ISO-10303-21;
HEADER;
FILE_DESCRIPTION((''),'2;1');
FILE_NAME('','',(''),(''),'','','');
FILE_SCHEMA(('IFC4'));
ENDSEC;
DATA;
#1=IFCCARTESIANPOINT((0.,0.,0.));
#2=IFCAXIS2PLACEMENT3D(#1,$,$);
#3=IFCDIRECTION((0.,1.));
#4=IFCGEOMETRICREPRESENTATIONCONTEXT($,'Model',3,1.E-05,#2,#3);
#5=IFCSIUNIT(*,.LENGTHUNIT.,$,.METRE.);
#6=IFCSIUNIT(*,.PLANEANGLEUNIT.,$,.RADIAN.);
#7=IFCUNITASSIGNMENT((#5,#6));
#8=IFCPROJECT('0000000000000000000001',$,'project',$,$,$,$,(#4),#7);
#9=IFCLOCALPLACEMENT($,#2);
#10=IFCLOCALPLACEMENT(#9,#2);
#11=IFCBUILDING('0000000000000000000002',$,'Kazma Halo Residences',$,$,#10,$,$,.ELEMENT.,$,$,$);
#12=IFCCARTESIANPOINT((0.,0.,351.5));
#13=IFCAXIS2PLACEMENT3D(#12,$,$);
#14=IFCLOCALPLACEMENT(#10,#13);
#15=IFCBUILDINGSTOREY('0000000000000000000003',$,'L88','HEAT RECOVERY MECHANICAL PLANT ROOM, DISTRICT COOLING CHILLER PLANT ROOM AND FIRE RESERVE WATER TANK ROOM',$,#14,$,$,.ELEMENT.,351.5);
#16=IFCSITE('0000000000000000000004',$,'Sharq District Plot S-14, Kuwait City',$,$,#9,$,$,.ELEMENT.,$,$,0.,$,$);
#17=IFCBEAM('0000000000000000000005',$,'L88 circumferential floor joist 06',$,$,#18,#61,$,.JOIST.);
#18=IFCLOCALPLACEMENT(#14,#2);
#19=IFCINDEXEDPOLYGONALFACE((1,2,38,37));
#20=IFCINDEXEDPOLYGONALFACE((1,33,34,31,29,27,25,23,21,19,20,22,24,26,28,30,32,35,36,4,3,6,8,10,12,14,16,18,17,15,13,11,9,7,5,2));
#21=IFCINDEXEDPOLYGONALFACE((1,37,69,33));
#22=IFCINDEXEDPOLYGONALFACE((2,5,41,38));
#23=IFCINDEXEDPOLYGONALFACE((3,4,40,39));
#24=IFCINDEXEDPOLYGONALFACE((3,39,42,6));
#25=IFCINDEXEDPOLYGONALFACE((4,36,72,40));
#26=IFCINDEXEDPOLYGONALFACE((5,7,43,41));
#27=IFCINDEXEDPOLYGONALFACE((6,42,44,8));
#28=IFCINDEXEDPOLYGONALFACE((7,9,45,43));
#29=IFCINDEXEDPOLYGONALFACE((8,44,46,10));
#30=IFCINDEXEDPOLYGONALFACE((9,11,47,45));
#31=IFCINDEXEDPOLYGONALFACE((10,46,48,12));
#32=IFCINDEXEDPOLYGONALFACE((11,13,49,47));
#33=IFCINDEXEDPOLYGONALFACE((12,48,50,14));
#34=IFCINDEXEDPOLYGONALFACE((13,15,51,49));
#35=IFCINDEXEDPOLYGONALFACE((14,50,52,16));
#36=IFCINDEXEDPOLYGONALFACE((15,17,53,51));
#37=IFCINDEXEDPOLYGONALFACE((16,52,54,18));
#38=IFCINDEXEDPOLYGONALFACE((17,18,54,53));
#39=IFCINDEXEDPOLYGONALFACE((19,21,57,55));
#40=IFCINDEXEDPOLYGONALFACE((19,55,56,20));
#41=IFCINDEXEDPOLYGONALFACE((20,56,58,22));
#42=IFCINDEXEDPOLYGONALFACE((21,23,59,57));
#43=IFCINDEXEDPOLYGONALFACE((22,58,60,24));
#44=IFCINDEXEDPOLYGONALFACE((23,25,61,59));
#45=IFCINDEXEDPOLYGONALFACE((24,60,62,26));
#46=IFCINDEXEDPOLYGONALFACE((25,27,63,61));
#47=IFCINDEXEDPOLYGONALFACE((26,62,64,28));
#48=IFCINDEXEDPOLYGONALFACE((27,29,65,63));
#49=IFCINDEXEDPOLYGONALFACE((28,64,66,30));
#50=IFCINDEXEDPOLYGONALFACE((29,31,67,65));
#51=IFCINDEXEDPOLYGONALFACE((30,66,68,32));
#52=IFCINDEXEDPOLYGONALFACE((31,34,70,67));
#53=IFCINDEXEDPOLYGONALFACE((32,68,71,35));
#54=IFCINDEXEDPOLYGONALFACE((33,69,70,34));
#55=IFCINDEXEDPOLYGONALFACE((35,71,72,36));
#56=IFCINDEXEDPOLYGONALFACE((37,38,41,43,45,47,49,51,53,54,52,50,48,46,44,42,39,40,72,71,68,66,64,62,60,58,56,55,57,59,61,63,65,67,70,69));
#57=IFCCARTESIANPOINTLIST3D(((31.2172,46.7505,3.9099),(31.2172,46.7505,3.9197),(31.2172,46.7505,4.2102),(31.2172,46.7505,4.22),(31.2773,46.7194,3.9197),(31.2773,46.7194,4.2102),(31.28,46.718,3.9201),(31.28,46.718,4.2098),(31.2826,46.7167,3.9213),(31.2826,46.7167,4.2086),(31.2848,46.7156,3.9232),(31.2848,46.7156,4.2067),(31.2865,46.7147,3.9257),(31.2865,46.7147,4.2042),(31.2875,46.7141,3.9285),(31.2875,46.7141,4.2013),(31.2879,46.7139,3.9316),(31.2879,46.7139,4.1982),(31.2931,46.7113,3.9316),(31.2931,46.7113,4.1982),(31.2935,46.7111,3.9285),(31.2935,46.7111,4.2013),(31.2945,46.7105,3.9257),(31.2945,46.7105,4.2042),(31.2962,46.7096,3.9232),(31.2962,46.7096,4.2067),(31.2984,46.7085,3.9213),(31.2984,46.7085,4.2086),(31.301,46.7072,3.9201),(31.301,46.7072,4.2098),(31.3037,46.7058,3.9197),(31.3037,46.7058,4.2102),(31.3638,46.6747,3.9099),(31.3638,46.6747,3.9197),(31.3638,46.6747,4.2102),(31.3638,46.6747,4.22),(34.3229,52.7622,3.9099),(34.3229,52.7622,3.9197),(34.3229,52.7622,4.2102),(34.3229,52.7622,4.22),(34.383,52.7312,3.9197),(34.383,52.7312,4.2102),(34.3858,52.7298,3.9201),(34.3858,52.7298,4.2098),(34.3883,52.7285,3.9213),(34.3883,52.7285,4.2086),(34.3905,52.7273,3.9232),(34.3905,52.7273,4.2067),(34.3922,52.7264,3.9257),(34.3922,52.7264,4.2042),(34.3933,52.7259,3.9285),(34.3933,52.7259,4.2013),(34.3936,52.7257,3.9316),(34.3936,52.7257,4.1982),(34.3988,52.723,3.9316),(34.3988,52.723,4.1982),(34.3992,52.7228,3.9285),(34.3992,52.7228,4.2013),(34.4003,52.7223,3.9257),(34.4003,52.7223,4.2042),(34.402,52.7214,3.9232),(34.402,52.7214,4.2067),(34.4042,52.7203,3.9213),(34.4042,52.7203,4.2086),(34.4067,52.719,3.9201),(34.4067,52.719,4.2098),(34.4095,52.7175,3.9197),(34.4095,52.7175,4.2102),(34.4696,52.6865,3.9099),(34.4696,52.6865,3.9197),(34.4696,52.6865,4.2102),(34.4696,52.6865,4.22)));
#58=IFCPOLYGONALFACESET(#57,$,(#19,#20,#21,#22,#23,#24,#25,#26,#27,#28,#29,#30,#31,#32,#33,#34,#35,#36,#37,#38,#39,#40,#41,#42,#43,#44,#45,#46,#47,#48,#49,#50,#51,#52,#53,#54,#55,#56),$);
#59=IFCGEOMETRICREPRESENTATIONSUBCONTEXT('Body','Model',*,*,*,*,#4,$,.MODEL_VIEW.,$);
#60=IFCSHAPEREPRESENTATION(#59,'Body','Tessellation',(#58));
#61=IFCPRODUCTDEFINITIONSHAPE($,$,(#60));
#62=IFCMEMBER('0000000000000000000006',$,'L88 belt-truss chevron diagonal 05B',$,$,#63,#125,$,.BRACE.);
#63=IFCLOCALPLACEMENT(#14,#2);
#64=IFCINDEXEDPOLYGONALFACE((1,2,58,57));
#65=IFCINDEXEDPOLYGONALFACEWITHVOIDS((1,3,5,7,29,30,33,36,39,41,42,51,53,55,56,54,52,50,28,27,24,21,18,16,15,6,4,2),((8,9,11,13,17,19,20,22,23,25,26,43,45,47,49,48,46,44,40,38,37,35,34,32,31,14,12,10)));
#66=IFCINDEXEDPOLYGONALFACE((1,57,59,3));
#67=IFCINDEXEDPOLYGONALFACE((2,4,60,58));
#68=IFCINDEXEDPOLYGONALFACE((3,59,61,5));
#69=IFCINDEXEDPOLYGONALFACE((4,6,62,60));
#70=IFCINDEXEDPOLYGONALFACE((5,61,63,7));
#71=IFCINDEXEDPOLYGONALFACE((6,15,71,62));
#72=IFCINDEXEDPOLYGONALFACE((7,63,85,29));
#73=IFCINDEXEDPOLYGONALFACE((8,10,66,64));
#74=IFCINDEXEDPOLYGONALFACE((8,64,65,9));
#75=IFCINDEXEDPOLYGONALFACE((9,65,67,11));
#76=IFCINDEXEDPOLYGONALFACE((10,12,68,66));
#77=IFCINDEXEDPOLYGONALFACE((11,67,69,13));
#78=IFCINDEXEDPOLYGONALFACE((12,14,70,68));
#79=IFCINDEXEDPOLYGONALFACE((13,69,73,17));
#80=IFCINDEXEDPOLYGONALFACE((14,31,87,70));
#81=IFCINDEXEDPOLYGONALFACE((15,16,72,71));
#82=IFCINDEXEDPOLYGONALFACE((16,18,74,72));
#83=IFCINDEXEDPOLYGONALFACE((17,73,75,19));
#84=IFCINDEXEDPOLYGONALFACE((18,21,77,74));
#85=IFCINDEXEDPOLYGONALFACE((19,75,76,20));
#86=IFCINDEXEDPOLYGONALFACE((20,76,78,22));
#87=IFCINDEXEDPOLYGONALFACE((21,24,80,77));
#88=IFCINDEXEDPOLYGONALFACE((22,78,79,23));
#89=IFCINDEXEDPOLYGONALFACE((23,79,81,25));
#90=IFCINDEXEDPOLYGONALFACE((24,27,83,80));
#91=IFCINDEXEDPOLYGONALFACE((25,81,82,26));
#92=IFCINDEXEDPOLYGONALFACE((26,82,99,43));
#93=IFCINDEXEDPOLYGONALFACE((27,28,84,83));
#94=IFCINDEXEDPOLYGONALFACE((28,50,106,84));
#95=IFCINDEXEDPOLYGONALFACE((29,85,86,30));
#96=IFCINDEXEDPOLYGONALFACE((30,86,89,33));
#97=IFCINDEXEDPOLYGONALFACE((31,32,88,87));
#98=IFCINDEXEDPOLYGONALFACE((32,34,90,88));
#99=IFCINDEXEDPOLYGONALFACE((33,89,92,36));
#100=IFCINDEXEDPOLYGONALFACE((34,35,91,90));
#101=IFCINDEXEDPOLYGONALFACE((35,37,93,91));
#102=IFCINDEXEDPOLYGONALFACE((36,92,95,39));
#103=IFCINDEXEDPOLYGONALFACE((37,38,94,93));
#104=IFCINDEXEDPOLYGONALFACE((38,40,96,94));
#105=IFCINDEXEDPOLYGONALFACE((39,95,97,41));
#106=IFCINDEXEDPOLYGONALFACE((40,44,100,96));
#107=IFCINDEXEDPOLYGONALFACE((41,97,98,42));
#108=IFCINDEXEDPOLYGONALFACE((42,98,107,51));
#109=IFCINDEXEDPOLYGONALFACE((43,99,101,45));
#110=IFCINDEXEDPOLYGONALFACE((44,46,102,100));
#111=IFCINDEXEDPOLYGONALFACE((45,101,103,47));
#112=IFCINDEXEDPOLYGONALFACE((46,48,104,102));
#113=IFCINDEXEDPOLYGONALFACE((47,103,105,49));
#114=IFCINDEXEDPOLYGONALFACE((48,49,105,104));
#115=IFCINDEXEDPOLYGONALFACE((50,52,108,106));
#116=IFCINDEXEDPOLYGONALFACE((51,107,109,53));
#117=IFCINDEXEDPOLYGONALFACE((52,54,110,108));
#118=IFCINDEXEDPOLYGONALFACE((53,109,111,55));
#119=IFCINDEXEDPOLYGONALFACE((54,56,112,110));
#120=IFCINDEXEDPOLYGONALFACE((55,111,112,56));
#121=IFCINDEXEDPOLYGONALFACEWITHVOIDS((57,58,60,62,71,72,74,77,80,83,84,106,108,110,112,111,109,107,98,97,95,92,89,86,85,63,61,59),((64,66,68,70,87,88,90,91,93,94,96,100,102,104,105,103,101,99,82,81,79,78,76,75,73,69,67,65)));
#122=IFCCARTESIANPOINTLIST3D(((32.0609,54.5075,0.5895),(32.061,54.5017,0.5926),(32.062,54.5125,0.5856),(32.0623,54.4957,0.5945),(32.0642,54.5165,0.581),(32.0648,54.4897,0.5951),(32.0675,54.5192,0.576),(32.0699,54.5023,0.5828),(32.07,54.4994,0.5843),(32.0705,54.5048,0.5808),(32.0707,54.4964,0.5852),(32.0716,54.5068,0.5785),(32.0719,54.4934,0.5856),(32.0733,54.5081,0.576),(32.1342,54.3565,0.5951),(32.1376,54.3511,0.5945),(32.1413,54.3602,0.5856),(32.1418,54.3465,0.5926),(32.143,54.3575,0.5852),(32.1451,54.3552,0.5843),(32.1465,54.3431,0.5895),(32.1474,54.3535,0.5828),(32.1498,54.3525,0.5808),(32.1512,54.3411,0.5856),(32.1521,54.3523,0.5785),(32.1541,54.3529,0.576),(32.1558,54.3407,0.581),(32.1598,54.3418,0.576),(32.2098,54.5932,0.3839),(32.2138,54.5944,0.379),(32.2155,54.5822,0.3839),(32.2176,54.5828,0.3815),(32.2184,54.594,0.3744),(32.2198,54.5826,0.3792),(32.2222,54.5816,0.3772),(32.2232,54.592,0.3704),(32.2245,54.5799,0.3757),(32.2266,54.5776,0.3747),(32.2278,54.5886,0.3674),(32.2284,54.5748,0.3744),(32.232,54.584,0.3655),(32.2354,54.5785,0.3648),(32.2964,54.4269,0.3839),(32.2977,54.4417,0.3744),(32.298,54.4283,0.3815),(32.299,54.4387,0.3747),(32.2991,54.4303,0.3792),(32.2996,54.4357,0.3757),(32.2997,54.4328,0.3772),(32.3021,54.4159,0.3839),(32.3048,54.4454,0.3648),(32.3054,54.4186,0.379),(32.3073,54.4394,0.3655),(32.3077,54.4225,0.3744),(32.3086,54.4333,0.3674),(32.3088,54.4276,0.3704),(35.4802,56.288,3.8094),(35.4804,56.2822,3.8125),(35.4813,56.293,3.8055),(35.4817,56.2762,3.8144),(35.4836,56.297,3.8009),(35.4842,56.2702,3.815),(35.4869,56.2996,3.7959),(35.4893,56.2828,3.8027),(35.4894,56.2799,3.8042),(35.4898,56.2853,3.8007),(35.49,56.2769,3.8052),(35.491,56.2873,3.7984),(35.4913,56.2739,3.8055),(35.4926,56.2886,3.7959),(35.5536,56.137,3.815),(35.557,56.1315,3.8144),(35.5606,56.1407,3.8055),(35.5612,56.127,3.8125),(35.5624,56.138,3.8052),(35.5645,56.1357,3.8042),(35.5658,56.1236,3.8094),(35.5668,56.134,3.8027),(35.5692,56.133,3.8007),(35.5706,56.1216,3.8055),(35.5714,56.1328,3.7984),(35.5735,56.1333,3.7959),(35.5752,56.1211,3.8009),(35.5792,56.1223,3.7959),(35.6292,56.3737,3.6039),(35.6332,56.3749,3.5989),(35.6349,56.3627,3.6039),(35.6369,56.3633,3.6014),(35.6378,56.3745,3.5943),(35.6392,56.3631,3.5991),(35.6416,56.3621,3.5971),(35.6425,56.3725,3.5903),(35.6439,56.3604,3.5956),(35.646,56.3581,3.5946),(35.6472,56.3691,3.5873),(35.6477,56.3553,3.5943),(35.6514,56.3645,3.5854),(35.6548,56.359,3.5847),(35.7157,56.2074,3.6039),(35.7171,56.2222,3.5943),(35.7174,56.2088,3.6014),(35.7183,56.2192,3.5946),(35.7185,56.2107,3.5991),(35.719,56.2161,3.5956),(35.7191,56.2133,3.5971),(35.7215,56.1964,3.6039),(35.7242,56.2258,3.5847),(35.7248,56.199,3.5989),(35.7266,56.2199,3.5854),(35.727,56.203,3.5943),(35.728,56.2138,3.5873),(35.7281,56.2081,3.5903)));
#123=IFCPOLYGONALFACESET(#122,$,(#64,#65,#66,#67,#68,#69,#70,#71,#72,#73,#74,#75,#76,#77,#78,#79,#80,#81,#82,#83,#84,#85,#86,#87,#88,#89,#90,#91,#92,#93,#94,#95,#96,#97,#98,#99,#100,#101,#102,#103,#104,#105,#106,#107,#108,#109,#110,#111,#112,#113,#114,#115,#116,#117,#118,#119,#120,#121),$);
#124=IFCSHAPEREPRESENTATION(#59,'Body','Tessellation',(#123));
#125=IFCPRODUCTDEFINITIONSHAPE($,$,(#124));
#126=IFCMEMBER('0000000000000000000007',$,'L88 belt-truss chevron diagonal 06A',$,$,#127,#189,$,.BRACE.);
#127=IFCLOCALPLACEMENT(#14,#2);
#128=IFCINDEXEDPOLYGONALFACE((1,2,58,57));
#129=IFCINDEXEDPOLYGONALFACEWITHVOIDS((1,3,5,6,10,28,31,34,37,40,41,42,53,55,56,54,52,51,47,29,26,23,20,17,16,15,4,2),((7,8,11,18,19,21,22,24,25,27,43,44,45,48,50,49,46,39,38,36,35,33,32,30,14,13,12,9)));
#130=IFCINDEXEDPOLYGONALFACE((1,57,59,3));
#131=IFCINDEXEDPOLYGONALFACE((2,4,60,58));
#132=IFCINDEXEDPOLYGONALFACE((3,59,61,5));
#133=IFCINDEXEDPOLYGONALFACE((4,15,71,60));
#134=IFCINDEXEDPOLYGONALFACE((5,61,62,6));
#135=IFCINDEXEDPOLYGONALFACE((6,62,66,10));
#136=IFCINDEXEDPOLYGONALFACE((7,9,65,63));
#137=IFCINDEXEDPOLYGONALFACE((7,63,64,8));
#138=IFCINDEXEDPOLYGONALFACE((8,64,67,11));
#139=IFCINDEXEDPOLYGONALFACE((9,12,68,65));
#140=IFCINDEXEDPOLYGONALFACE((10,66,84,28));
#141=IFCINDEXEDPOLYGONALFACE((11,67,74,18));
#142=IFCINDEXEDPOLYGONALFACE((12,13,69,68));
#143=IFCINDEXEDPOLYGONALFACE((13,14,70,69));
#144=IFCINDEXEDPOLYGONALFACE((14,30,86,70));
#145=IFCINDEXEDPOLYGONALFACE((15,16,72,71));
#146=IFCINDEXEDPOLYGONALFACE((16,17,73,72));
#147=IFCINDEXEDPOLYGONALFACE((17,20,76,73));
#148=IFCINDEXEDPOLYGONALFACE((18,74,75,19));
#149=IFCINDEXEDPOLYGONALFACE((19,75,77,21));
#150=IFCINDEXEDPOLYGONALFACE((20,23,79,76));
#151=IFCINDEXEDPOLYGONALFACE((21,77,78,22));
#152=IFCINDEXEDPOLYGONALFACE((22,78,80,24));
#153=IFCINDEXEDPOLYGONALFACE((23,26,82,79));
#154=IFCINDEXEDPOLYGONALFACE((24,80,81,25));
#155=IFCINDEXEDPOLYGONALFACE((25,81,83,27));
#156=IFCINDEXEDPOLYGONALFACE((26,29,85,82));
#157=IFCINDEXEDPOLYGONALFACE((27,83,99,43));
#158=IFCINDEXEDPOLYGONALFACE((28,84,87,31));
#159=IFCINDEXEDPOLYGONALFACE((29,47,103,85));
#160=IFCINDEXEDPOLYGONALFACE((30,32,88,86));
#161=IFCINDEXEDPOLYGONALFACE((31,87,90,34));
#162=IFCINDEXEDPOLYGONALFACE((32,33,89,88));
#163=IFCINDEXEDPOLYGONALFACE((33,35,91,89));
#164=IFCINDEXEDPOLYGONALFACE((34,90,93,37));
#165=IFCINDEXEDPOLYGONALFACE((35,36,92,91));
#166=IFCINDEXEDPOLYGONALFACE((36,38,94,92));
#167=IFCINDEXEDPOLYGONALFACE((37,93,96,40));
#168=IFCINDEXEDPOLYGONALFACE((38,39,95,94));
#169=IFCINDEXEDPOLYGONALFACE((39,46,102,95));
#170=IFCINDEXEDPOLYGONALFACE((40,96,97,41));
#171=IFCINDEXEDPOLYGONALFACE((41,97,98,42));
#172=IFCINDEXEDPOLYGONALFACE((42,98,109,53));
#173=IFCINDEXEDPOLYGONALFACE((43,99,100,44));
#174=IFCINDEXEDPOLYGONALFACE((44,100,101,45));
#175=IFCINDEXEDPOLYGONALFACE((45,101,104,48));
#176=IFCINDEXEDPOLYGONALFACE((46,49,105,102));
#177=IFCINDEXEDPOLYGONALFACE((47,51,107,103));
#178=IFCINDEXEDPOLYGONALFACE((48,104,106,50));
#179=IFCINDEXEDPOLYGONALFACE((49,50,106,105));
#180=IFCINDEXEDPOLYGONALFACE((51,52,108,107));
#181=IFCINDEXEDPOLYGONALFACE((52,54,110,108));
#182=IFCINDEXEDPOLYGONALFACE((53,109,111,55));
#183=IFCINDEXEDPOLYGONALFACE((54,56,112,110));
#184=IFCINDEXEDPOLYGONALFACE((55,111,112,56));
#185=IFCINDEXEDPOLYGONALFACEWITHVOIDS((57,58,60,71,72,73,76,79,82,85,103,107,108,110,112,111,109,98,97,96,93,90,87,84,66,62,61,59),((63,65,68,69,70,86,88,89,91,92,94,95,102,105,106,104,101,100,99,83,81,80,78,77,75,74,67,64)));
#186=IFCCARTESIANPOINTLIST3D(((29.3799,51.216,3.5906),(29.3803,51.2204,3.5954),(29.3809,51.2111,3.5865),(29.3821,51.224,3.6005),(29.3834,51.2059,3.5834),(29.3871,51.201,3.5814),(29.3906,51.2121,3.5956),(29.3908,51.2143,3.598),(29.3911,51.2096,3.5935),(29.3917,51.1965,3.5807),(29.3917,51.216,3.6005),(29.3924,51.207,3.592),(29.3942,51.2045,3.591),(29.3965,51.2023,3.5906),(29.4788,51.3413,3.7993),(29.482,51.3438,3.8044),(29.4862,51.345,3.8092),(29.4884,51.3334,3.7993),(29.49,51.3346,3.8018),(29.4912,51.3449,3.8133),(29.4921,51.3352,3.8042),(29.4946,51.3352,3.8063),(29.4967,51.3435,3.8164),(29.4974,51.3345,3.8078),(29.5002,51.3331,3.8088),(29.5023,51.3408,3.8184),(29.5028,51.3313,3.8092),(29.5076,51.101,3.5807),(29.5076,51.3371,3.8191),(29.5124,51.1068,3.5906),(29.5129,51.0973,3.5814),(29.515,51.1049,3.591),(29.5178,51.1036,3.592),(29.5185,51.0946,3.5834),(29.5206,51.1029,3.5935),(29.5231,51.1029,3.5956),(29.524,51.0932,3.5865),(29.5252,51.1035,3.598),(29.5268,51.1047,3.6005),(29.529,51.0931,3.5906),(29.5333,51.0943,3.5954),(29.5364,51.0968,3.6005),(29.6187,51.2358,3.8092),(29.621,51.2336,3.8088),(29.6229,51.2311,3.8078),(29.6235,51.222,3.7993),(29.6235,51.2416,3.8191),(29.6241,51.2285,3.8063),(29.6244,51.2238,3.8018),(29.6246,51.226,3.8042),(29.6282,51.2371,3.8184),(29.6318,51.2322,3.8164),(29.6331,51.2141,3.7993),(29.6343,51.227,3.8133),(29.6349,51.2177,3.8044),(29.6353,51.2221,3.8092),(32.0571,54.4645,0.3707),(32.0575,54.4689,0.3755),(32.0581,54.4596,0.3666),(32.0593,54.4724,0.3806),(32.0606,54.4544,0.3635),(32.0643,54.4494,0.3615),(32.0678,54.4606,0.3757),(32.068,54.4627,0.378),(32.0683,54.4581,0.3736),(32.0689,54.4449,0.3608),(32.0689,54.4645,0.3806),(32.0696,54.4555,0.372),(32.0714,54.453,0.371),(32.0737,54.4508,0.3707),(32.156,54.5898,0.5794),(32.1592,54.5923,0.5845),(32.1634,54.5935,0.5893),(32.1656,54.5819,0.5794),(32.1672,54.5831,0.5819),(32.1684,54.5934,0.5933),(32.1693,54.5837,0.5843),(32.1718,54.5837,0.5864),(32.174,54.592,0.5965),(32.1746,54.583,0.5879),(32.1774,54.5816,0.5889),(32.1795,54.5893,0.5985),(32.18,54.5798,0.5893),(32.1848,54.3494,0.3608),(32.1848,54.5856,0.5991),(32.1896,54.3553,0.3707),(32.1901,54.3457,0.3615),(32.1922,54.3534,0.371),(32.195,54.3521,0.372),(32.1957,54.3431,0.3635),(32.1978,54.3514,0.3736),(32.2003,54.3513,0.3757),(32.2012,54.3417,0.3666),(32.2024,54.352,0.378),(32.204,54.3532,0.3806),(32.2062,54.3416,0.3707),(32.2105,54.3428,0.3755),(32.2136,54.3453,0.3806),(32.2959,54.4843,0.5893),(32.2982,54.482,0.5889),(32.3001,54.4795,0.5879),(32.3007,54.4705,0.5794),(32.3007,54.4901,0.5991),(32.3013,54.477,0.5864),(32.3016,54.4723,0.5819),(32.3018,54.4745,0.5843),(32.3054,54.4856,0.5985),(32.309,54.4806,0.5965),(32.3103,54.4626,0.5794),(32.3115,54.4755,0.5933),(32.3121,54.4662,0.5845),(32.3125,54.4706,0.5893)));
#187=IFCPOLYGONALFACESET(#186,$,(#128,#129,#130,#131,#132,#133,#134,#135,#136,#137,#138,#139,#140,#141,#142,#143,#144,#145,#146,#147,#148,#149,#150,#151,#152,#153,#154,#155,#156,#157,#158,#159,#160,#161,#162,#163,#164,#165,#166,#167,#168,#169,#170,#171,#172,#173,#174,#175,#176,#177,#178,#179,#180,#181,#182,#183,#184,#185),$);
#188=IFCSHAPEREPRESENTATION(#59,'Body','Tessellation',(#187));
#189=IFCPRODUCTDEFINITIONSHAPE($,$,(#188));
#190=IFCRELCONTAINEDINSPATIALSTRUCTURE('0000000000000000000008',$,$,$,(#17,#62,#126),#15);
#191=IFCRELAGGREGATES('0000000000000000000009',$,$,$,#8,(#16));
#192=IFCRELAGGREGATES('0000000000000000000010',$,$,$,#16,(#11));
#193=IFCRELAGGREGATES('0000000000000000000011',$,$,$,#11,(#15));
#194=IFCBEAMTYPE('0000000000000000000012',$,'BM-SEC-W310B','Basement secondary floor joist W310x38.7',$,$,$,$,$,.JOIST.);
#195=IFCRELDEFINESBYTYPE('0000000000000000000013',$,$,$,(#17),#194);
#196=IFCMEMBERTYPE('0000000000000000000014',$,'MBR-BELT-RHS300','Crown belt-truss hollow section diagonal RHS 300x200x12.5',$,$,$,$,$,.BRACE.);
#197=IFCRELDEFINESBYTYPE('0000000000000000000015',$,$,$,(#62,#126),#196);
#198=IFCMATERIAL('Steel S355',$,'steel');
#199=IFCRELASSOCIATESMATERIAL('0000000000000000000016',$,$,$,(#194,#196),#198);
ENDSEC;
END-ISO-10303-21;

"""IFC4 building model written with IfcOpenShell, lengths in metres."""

from ifc_helpers import new_model, si_unit, direction, frame, origin, origin_2d, place, context, subcontext, project, spatial, hollow_rectangle, i_section, extrude, material, material_profile, profile_set, type_object, element, save


model = new_model("IFC4")

# Units and contexts
model_context = context("Model", 3, precision=1e-05, world=origin(), true_north=direction((0.0, 1.0)))
body_context = subcontext(model_context, "Body", "Model", "MODEL_VIEW")
ifc_project = project(units=[si_unit("LENGTHUNIT", "METRE"), si_unit("PLANEANGLEUNIT", "RADIAN")], contexts=[model_context])

# Site, building, storey
site_placement = place(None, origin())
site = spatial("IfcSite", under=ifc_project, at=site_placement, Name="Sharq District Plot S-14, Kuwait City", CompositionType="ELEMENT", RefElevation=0.0)
building_placement = place(site_placement, origin())
building = spatial("IfcBuilding", under=site, at=building_placement, Name="Kazma Halo Residences", CompositionType="ELEMENT")
storey_placement = place(building_placement, frame((0.0, 0.0, 351.5)))
storey = spatial("IfcBuildingStorey", under=building, at=storey_placement, Name="L88", Description="HEAT RECOVERY MECHANICAL PLANT ROOM, DISTRICT COOLING CHILLER PLANT ROOM AND FIRE RESERVE WATER TANK ROOM", CompositionType="ELEMENT", Elevation=351.5)

# Shared definitions
ifc_material_1 = material(Name="Steel S355", Category="steel")

# Beam
ifc_material_profile_1 = material_profile(ifc_material_1, i_section(OverallWidth=0.165, OverallDepth=0.3101, WebThickness=0.0059, FlangeThickness=0.0098, FilletRadius=0.012, at=origin_2d()), Name="W310x38.7")
ifc_profile_set_1 = profile_set([ifc_material_profile_1], Name="Steel S355")
beam_type_1 = type_object("IfcBeamType", Name="BM-SEC-W310B", Description="Basement secondary floor joist W310x38.7", PredefinedType="JOIST", material=ifc_profile_set_1)
beam_1_placement = place(storey_placement, frame((34.3962, 52.7244, 4.0649), z_axis=(-0.45898, -0.888447, 0.0), x_axis=(0.888447, -0.45898, 0.0)))
element("IfcBeam", 1, at=beam_1_placement, inside=storey, type_object=beam_type_1, Name="L88 circumferential floor joist 06", PredefinedType="JOIST", context=body_context, shape_type="SweptSolid", body=[
    extrude(i_section(OverallWidth=0.165, OverallDepth=0.3101, WebThickness=0.0059, FlangeThickness=0.0098, FilletRadius=0.012, at=origin_2d()), origin(), (0.0, 0.0, 1.0), 6.7666),
])

# Members
ifc_material_profile_2 = material_profile(ifc_material_1, hollow_rectangle(XDim=0.2, YDim=0.3, WallThickness=0.0125, InnerFilletRadius=0.0125, OuterFilletRadius=0.0249, at=origin_2d()), Name="RHS300x200x12.5")
ifc_profile_set_2 = profile_set([ifc_material_profile_2], Name="Steel S355")
member_type_1 = type_object("IfcMemberType", Name="MBR-BELT-RHS300", Description="Crown belt-truss hollow section diagonal RHS 300x200x12.5", PredefinedType="BRACE", material=ifc_profile_set_2)
member_1_placement = place(storey_placement, frame((32.1848, 54.4675, 0.48), z_axis=(0.680749, 0.35447, 0.64104), x_axis=(-0.461845, 0.886961, 0.0)))
element("IfcMember", 2, at=member_1_placement, inside=storey, type_object=member_type_1, Name="L88 belt-truss chevron diagonal 05B", PredefinedType="BRACE", context=body_context, shape_type="SweptSolid", body=[
    extrude(hollow_rectangle(XDim=0.2, YDim=0.3, WallThickness=0.0125, InnerFilletRadius=0.0125, OuterFilletRadius=0.0249, at=origin_2d()), origin(), (0.0, 0.0, 1.0), 5.0229),
])
member_2_placement = place(storey_placement, frame((32.1848, 54.4675, 0.48), z_axis=(-0.505151, -0.612944, 0.607554), x_axis=(0.771699, -0.635988, 0.0)))
element("IfcMember", 3, at=member_2_placement, inside=storey, type_object=member_type_1, Name="L88 belt-truss chevron diagonal 06A", PredefinedType="BRACE", context=body_context, shape_type="SweptSolid", body=[
    extrude(hollow_rectangle(XDim=0.2, YDim=0.3, WallThickness=0.0125, InnerFilletRadius=0.0125, OuterFilletRadius=0.0249, at=origin_2d()), origin(), (0.0, 0.0, 1.0), 5.2998),
])

save(model, "model.ifc")
